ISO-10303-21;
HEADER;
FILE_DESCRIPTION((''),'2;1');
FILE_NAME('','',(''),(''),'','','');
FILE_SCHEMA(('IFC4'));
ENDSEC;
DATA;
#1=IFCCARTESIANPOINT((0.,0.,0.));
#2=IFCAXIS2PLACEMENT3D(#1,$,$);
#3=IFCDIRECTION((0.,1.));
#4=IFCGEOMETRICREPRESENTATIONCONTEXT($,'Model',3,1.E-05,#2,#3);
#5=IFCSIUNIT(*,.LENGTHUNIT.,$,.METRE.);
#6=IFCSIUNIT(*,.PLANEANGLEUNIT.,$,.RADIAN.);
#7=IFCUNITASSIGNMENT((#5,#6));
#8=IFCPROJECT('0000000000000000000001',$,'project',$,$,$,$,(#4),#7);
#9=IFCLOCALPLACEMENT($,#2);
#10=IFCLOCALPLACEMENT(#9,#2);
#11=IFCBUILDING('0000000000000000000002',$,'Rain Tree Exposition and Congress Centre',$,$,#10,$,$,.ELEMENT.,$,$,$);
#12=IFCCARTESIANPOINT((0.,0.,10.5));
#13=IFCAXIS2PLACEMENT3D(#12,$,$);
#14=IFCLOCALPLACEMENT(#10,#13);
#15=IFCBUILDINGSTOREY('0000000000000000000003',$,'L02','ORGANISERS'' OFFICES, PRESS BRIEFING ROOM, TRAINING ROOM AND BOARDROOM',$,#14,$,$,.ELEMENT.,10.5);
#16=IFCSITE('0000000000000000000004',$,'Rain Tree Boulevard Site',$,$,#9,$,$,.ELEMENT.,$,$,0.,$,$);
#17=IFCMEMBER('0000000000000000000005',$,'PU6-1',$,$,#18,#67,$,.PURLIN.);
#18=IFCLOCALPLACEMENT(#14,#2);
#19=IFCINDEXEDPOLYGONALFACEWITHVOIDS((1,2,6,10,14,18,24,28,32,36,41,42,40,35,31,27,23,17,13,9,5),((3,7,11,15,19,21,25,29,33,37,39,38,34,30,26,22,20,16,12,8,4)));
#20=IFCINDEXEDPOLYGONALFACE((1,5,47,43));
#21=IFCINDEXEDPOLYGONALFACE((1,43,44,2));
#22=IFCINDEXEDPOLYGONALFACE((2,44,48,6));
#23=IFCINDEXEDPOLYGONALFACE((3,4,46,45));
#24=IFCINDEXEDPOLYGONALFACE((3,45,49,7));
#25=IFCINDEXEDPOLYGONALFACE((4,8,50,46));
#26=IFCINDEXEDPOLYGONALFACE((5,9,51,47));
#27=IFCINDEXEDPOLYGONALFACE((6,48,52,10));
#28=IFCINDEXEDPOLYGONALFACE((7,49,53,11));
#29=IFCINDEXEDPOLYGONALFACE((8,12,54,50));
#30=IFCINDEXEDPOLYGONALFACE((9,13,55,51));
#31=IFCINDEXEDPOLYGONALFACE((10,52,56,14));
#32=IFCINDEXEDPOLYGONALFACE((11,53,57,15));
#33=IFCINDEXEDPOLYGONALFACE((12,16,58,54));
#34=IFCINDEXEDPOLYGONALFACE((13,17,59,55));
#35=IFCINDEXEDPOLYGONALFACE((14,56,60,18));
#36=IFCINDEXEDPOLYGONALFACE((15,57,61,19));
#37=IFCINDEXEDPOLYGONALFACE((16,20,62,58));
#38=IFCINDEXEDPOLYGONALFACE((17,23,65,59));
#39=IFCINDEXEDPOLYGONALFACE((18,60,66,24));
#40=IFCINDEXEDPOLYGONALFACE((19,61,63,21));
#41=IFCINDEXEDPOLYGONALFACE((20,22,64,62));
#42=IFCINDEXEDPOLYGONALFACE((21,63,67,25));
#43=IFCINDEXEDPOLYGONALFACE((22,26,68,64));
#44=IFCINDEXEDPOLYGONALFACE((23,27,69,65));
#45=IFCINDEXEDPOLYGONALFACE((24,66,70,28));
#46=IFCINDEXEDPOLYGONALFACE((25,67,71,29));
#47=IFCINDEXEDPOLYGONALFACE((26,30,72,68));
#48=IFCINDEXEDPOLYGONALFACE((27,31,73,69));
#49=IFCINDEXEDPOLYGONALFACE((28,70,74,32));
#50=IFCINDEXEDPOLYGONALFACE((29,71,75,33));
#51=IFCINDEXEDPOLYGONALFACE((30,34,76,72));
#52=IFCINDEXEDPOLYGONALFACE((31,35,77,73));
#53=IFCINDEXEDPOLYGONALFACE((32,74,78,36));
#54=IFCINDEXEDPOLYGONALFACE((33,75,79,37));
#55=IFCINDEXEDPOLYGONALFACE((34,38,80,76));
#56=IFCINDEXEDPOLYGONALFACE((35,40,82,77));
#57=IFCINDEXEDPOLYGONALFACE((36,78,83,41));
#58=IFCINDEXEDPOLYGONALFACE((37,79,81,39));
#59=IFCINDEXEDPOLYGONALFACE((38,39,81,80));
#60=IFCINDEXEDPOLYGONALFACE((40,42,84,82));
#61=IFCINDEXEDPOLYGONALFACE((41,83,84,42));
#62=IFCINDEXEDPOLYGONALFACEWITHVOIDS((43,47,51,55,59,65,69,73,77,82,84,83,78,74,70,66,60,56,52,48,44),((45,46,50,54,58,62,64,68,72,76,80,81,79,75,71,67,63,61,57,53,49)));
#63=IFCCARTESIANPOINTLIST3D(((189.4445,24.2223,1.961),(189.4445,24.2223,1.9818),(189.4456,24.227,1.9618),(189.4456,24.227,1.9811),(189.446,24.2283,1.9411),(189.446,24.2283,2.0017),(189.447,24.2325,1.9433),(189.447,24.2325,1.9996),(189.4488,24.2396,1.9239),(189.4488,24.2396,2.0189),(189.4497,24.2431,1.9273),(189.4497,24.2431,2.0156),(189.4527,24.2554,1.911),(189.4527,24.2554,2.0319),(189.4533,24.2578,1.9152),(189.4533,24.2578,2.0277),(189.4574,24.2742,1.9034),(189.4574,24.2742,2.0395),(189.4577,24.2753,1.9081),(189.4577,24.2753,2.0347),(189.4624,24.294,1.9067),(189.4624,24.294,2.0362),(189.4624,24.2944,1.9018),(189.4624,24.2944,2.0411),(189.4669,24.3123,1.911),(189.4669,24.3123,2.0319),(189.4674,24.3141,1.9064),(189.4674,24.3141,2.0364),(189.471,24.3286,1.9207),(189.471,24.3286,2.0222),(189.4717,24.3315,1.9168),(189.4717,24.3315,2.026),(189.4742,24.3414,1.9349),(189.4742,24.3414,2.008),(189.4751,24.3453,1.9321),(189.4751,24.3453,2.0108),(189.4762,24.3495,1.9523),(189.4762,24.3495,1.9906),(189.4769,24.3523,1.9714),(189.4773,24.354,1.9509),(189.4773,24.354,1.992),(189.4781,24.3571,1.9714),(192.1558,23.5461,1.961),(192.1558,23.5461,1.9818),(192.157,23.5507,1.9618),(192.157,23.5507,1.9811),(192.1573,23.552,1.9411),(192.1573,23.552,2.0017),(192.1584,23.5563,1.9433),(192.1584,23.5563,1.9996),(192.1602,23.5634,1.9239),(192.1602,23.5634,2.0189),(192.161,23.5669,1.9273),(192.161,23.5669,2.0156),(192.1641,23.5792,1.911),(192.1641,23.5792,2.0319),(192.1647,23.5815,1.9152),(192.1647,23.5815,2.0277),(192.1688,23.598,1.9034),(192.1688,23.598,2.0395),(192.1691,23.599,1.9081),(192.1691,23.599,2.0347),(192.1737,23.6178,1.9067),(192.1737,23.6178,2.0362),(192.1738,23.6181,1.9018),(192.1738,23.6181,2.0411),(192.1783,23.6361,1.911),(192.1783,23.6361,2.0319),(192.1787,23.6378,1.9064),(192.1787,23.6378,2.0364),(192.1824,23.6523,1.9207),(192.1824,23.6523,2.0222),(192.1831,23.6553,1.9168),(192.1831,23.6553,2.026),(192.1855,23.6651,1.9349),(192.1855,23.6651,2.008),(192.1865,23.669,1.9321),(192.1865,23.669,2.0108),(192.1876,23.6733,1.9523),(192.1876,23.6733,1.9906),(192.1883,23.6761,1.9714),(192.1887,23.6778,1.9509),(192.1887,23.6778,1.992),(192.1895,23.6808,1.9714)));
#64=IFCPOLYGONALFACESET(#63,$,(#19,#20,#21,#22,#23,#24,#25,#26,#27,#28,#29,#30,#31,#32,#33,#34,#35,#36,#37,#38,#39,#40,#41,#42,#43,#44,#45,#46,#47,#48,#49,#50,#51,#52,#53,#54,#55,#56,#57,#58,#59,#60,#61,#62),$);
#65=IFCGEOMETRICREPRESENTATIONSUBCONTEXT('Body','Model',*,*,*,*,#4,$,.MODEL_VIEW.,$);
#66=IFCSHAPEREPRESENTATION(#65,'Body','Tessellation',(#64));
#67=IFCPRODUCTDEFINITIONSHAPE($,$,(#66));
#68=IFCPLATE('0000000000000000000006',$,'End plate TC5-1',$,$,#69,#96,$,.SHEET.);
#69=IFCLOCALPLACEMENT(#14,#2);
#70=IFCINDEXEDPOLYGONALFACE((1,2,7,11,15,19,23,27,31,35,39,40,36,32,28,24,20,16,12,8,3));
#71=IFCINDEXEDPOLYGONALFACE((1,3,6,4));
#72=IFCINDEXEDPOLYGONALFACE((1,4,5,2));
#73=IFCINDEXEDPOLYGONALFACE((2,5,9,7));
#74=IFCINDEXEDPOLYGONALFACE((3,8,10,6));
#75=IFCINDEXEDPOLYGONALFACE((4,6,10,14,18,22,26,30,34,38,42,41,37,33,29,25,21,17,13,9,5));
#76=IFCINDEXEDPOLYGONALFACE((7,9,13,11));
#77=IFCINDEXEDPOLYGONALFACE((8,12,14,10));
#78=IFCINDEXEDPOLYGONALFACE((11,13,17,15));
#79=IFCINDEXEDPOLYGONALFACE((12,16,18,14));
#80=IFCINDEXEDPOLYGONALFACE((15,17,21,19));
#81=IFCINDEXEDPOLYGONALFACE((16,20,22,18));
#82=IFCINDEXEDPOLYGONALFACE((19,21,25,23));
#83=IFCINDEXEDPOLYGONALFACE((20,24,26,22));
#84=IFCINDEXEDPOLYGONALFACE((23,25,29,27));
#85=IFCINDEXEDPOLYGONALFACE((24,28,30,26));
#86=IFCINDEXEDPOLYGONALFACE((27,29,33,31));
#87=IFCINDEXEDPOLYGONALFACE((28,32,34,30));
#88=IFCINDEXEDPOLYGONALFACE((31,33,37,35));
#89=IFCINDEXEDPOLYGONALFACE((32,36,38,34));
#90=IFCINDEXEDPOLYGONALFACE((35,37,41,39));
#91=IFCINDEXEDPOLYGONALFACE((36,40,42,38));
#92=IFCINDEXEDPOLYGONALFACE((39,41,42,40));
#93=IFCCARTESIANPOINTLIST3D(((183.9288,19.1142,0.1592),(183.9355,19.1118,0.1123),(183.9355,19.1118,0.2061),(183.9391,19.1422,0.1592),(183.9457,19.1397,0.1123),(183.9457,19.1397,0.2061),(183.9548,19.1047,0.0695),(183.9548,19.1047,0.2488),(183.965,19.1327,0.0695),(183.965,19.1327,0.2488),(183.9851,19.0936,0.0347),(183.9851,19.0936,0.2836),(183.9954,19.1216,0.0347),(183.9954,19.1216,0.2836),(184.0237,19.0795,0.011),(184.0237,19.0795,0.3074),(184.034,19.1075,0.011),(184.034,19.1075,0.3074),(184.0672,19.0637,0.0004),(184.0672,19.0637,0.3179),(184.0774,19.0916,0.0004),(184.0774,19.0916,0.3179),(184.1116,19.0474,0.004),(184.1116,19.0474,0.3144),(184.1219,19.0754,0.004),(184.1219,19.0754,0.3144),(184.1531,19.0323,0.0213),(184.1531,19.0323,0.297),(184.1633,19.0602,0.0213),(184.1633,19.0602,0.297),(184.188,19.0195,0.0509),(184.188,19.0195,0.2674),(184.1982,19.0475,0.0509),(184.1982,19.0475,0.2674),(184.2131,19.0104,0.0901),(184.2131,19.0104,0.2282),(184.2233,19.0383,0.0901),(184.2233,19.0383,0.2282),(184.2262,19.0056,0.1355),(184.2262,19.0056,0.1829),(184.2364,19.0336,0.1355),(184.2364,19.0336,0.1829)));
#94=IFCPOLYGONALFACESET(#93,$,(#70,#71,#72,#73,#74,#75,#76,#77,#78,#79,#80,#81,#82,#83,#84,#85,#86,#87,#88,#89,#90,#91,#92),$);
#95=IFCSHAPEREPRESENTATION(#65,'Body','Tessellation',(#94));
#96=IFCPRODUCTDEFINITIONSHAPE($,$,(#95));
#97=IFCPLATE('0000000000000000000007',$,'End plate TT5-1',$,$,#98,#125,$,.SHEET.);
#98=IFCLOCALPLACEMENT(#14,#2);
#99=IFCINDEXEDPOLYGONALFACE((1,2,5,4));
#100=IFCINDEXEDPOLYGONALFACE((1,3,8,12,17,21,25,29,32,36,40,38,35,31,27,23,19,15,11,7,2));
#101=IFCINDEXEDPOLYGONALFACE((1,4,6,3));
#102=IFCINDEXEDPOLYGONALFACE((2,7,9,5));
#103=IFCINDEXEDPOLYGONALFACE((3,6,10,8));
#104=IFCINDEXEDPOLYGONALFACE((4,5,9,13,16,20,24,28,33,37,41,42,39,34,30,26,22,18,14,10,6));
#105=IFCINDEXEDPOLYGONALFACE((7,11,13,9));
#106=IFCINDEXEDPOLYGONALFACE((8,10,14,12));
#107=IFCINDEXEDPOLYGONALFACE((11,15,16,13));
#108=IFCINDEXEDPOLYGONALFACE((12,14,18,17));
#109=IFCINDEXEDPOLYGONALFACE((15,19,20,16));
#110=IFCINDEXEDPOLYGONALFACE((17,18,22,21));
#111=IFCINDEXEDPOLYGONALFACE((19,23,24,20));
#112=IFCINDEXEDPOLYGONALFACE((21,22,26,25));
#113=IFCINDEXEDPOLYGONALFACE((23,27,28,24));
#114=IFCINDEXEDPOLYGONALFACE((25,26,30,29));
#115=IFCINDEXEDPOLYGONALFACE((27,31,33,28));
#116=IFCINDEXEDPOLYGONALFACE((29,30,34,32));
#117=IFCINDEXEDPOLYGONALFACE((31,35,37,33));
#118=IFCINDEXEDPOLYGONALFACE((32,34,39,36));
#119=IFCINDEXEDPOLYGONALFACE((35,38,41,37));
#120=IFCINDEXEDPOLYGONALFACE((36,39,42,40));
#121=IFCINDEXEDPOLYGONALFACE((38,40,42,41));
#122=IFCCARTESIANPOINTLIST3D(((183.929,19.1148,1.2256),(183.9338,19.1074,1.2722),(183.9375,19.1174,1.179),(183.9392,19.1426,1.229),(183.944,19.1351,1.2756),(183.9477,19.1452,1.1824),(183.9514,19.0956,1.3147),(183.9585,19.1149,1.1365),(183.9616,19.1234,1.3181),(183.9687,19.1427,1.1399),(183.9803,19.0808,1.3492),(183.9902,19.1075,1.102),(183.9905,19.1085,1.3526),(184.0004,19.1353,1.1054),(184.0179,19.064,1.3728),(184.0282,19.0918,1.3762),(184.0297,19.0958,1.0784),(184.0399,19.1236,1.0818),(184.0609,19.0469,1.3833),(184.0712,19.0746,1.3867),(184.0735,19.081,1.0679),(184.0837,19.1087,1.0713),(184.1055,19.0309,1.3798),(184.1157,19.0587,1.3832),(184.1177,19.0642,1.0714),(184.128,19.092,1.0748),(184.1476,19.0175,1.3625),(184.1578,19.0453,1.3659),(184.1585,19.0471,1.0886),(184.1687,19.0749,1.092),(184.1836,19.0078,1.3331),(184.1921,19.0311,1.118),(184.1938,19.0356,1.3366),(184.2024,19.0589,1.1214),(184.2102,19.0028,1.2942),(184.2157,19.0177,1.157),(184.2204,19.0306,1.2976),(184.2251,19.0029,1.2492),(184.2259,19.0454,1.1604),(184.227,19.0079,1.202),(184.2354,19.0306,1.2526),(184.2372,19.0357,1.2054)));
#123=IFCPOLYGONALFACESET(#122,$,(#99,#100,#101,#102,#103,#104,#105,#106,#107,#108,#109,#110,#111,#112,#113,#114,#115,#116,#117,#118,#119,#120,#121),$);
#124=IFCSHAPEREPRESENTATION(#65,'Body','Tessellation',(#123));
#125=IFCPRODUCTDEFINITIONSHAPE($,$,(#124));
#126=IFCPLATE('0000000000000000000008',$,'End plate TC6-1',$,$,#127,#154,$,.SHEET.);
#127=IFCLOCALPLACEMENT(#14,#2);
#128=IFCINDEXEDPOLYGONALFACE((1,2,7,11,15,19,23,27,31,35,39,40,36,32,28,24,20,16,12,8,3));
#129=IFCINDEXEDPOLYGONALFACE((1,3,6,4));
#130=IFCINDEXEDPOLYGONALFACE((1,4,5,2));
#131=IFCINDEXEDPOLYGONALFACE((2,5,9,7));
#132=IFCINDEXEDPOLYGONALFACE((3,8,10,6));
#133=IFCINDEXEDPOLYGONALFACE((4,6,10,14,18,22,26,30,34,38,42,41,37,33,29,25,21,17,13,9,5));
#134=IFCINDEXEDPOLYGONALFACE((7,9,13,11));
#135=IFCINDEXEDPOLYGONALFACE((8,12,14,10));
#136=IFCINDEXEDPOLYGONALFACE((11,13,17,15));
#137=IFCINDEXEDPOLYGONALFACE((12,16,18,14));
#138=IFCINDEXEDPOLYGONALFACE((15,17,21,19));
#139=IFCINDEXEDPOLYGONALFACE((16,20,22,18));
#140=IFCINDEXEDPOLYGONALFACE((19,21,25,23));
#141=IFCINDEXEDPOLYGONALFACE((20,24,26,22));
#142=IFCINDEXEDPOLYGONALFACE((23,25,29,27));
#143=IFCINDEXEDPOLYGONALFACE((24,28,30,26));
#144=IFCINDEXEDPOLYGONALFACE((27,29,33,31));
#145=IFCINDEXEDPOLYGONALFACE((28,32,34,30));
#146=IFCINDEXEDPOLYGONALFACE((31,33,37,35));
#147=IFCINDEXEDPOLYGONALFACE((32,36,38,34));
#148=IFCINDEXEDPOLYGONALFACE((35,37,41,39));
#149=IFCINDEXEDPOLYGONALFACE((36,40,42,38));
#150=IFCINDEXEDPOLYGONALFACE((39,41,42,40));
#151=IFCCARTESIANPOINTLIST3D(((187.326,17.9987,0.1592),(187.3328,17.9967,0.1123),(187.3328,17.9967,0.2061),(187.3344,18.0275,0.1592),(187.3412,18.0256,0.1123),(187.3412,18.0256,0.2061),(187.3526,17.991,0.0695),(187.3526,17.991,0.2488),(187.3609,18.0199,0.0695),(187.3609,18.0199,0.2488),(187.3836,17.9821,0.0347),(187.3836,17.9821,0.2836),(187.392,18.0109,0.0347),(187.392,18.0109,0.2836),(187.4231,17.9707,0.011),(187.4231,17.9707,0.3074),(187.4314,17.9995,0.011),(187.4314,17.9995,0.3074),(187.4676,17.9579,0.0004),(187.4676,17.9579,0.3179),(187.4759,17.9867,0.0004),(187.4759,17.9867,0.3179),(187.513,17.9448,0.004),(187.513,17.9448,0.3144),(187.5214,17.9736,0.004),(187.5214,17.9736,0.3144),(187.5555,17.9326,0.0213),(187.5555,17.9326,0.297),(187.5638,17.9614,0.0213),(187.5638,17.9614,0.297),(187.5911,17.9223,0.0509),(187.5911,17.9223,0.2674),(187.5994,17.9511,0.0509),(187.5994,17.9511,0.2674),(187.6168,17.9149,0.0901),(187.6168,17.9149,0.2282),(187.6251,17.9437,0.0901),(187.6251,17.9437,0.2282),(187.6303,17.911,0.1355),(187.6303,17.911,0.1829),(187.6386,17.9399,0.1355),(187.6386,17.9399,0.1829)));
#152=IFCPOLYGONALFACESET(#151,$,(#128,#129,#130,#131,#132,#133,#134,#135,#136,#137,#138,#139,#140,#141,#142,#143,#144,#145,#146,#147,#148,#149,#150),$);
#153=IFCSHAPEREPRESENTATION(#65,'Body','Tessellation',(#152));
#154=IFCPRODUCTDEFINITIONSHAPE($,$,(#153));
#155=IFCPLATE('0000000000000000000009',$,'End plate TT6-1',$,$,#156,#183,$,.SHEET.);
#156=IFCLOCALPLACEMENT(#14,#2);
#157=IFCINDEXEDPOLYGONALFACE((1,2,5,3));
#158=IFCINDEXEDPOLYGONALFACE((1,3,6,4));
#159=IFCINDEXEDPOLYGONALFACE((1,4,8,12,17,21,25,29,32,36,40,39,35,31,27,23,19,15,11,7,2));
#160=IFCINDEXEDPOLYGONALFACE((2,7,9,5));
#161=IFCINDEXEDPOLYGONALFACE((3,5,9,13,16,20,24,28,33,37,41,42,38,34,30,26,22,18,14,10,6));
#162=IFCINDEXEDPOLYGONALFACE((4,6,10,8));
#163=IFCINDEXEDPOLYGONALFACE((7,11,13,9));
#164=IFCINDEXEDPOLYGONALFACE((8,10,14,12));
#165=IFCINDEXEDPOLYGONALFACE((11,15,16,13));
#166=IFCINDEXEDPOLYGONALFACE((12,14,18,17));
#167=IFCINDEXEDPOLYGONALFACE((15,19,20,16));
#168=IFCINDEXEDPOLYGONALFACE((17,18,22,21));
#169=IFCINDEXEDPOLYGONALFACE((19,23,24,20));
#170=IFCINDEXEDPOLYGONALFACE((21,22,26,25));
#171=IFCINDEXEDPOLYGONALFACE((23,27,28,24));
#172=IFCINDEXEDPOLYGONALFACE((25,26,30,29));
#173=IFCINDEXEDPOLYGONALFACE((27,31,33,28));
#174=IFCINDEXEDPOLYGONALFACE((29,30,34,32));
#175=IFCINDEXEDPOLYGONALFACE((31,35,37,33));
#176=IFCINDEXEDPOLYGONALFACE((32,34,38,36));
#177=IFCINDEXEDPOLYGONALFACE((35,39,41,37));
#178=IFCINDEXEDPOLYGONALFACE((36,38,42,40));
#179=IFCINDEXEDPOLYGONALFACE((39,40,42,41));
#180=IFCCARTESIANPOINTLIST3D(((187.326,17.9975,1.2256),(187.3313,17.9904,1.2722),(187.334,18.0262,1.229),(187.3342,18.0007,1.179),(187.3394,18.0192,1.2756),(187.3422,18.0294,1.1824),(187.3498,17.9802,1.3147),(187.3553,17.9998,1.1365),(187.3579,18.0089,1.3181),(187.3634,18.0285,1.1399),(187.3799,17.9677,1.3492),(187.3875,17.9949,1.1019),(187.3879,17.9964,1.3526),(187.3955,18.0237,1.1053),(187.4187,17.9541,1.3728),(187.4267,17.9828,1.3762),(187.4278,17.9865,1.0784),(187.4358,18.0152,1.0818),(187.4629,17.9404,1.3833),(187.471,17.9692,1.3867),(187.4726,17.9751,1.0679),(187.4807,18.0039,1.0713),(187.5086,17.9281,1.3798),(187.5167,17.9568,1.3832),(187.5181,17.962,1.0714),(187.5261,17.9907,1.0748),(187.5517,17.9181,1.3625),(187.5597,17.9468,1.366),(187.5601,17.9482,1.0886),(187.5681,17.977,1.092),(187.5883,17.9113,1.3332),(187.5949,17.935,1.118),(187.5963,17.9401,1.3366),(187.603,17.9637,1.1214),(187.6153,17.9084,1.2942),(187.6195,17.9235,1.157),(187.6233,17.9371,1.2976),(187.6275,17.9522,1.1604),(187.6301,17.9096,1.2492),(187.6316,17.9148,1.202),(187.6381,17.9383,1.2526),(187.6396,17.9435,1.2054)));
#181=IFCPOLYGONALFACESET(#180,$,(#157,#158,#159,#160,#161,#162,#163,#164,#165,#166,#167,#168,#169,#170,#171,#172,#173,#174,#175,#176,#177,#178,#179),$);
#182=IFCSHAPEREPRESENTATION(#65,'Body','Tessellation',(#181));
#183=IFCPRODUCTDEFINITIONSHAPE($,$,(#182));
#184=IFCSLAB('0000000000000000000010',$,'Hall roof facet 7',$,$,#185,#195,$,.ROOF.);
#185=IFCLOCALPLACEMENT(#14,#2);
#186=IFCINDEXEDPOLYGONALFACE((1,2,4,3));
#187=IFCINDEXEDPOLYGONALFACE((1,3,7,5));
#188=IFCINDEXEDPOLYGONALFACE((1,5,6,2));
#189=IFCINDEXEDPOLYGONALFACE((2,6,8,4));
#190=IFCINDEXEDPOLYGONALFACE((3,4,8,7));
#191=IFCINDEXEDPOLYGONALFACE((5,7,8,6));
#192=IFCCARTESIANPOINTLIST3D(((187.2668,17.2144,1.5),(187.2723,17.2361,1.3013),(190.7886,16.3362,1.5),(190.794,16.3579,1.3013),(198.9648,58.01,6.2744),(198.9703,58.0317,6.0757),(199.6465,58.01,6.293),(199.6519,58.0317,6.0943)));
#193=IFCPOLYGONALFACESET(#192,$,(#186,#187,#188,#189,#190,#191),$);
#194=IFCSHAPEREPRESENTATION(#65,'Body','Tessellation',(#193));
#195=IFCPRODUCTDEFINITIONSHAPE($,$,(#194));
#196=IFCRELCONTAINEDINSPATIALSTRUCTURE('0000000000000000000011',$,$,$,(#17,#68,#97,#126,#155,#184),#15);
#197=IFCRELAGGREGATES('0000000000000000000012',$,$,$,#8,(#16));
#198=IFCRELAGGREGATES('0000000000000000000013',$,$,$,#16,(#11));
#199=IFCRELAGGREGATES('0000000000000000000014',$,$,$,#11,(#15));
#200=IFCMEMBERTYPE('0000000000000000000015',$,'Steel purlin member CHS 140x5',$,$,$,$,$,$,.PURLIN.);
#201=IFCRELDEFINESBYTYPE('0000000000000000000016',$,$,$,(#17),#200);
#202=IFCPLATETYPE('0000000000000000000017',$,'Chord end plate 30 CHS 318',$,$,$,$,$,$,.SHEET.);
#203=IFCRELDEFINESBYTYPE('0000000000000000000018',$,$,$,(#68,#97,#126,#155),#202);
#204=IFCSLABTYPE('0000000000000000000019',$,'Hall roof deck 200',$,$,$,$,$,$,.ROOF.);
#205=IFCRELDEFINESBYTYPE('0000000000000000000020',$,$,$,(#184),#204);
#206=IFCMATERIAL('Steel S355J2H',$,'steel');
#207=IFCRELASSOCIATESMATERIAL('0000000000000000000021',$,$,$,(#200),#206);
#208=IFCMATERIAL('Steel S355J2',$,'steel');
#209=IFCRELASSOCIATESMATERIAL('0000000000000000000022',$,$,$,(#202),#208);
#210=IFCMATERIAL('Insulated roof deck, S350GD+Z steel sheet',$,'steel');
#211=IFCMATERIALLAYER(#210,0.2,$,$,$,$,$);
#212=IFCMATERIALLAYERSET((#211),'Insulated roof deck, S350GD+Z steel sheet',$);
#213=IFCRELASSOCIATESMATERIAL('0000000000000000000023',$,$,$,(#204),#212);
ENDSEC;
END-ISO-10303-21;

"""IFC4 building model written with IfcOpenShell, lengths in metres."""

from ifc_helpers import new_model, si_unit, direction, frame, origin, origin_2d, place, context, subcontext, project, spatial, polyline, circle, hollow_circle, outline, extrude, material, layer, layer_set, material_profile, profile_set, type_object, element, save


model = new_model("IFC4")

# Units and contexts
model_context = context("Model", 3, precision=1e-05, world=origin(), true_north=direction((0.0, 1.0)))
body_context = subcontext(model_context, "Body", "Model", "MODEL_VIEW")
ifc_project = project(units=[si_unit("LENGTHUNIT", "METRE"), si_unit("PLANEANGLEUNIT", "RADIAN")], contexts=[model_context])

# Site, building, storey
site_placement = place(None, origin())
site = spatial("IfcSite", under=ifc_project, at=site_placement, Name="Rain Tree Boulevard Site", CompositionType="ELEMENT", RefElevation=0.0)
building_placement = place(site_placement, origin())
building = spatial("IfcBuilding", under=site, at=building_placement, Name="Rain Tree Exposition and Congress Centre", CompositionType="ELEMENT")
storey_placement = place(building_placement, frame((0.0, 0.0, 10.5)))
storey = spatial("IfcBuildingStorey", under=building, at=storey_placement, Name="L02", Description="ORGANISERS' OFFICES, PRESS BRIEFING ROOM, TRAINING ROOM AND BOARDROOM", CompositionType="ELEMENT", Elevation=10.5)

# Member
ifc_material_1 = material(Name="Steel S355J2H", Category="steel")
ifc_material_profile_1 = material_profile(ifc_material_1, hollow_circle(Radius=0.0698, WallThickness=0.0049, at=origin_2d()), Name="CHS 140x5")
ifc_profile_set_1 = profile_set([ifc_material_profile_1], Name="Steel S355J2H")
member_type_1 = type_object("IfcMemberType", Name="Steel purlin member CHS 140x5", PredefinedType="PURLIN", material=ifc_profile_set_1)
member_1_placement = place(storey_placement, frame((189.4612, 24.2893, 1.9714), z_axis=(0.970276, -0.242001, 0.0), x_axis=(0.242001, 0.970276, 0.0)))
element("IfcMember", 1, at=member_1_placement, inside=storey, type_object=member_type_1, Name="PU6-1", PredefinedType="PURLIN", context=body_context, shape_type="SweptSolid", body=[
    extrude(hollow_circle(Radius=0.0698, WallThickness=0.0049, at=origin_2d()), origin(), (0.0, 0.0, 1.0), 2.7944),
])

# Plates
ifc_material_2 = material(Name="Steel S355J2", Category="steel")
ifc_material_profile_2 = material_profile(ifc_material_2, circle(Radius=0.1592, at=origin_2d()), Name="CIRCLE 318")
ifc_profile_set_2 = profile_set([ifc_material_profile_2], Name="Steel S355J2")
plate_type = type_object("IfcPlateType", Name="Chord end plate 30 CHS 318", PredefinedType="SHEET", material=ifc_profile_set_2)
for number, where, z_axis, x_axis, name in (
    (2, (184.0784, 19.0596, 0.1592), (0.343054, 0.939316, 0.0), (-0.939316, 0.343054, 0.0), "End plate TC5-1"),
    (3, (184.0784, 19.0598, 1.2256), (0.343433, 0.932174, 0.114478), (-0.938343, 0.345705, 0.0), "End plate TT5-1"),
):
    element("IfcPlate", number, at=place(storey_placement, frame(where, z_axis=z_axis, x_axis=x_axis)), inside=storey, type_object=plate_type, Name=name, PredefinedType="SHEET", context=body_context, shape_type="SweptSolid", body=[
        extrude(circle(Radius=0.1592, at=origin_2d()), origin(), (0.0, 0.0, 1.0), 0.0298),
    ])
for number, where, z_axis, x_axis, name in (
    (4, (187.479, 17.9546, 0.1592), (0.276871, 0.960907, 0.0), (-0.960907, 0.276871, 0.0), "End plate TC6-1"),
    (5, (187.4792, 17.9546, 1.2256), (0.267586, 0.956823, 0.113521), (-0.963049, 0.269327, 0.0), "End plate TT6-1"),
):
    element("IfcPlate", number, at=place(storey_placement, frame(where, z_axis=z_axis, x_axis=x_axis)), inside=storey, type_object=plate_type, Name=name, PredefinedType="SHEET", context=body_context, shape_type="SweptSolid", body=[
        extrude(circle(Radius=0.1592, at=origin_2d()), origin(), (0.0, 0.0, 1.0), 0.03),
    ])

# Slab
ifc_material_3 = material(Name="Insulated roof deck, S350GD+Z steel sheet", Category="steel")
ifc_layer_1 = layer(ifc_material_3, 0.2)
ifc_layer_set_1 = layer_set([ifc_layer_1], Name="Insulated roof deck, S350GD+Z steel sheet")
slab_type = type_object("IfcSlabType", Name="Hall roof deck 200", PredefinedType="ROOF", material=ifc_layer_set_1)
slab_1_placement = place(storey_placement, frame((187.2668, 17.2144, 1.5), z_axis=(-0.027062, -0.108538, 0.993724), x_axis=(0.970289, -0.24195, -0.000002)))
element("IfcSlab", 6, at=slab_1_placement, inside=storey, type_object=slab_type, Name="Hall roof facet 7", PredefinedType="ROOF", context=body_context, shape_type="SweptSolid", body=[
    extrude(outline(polyline([(0.0, 0.0), (3.6296, 0.0), (2.1413, 42.8477), (1.4799, 42.6818), (0.0, 0.0)])), origin(), (0.0, 0.0, -1.0), 0.2),
])

save(model, "model.ifc")
